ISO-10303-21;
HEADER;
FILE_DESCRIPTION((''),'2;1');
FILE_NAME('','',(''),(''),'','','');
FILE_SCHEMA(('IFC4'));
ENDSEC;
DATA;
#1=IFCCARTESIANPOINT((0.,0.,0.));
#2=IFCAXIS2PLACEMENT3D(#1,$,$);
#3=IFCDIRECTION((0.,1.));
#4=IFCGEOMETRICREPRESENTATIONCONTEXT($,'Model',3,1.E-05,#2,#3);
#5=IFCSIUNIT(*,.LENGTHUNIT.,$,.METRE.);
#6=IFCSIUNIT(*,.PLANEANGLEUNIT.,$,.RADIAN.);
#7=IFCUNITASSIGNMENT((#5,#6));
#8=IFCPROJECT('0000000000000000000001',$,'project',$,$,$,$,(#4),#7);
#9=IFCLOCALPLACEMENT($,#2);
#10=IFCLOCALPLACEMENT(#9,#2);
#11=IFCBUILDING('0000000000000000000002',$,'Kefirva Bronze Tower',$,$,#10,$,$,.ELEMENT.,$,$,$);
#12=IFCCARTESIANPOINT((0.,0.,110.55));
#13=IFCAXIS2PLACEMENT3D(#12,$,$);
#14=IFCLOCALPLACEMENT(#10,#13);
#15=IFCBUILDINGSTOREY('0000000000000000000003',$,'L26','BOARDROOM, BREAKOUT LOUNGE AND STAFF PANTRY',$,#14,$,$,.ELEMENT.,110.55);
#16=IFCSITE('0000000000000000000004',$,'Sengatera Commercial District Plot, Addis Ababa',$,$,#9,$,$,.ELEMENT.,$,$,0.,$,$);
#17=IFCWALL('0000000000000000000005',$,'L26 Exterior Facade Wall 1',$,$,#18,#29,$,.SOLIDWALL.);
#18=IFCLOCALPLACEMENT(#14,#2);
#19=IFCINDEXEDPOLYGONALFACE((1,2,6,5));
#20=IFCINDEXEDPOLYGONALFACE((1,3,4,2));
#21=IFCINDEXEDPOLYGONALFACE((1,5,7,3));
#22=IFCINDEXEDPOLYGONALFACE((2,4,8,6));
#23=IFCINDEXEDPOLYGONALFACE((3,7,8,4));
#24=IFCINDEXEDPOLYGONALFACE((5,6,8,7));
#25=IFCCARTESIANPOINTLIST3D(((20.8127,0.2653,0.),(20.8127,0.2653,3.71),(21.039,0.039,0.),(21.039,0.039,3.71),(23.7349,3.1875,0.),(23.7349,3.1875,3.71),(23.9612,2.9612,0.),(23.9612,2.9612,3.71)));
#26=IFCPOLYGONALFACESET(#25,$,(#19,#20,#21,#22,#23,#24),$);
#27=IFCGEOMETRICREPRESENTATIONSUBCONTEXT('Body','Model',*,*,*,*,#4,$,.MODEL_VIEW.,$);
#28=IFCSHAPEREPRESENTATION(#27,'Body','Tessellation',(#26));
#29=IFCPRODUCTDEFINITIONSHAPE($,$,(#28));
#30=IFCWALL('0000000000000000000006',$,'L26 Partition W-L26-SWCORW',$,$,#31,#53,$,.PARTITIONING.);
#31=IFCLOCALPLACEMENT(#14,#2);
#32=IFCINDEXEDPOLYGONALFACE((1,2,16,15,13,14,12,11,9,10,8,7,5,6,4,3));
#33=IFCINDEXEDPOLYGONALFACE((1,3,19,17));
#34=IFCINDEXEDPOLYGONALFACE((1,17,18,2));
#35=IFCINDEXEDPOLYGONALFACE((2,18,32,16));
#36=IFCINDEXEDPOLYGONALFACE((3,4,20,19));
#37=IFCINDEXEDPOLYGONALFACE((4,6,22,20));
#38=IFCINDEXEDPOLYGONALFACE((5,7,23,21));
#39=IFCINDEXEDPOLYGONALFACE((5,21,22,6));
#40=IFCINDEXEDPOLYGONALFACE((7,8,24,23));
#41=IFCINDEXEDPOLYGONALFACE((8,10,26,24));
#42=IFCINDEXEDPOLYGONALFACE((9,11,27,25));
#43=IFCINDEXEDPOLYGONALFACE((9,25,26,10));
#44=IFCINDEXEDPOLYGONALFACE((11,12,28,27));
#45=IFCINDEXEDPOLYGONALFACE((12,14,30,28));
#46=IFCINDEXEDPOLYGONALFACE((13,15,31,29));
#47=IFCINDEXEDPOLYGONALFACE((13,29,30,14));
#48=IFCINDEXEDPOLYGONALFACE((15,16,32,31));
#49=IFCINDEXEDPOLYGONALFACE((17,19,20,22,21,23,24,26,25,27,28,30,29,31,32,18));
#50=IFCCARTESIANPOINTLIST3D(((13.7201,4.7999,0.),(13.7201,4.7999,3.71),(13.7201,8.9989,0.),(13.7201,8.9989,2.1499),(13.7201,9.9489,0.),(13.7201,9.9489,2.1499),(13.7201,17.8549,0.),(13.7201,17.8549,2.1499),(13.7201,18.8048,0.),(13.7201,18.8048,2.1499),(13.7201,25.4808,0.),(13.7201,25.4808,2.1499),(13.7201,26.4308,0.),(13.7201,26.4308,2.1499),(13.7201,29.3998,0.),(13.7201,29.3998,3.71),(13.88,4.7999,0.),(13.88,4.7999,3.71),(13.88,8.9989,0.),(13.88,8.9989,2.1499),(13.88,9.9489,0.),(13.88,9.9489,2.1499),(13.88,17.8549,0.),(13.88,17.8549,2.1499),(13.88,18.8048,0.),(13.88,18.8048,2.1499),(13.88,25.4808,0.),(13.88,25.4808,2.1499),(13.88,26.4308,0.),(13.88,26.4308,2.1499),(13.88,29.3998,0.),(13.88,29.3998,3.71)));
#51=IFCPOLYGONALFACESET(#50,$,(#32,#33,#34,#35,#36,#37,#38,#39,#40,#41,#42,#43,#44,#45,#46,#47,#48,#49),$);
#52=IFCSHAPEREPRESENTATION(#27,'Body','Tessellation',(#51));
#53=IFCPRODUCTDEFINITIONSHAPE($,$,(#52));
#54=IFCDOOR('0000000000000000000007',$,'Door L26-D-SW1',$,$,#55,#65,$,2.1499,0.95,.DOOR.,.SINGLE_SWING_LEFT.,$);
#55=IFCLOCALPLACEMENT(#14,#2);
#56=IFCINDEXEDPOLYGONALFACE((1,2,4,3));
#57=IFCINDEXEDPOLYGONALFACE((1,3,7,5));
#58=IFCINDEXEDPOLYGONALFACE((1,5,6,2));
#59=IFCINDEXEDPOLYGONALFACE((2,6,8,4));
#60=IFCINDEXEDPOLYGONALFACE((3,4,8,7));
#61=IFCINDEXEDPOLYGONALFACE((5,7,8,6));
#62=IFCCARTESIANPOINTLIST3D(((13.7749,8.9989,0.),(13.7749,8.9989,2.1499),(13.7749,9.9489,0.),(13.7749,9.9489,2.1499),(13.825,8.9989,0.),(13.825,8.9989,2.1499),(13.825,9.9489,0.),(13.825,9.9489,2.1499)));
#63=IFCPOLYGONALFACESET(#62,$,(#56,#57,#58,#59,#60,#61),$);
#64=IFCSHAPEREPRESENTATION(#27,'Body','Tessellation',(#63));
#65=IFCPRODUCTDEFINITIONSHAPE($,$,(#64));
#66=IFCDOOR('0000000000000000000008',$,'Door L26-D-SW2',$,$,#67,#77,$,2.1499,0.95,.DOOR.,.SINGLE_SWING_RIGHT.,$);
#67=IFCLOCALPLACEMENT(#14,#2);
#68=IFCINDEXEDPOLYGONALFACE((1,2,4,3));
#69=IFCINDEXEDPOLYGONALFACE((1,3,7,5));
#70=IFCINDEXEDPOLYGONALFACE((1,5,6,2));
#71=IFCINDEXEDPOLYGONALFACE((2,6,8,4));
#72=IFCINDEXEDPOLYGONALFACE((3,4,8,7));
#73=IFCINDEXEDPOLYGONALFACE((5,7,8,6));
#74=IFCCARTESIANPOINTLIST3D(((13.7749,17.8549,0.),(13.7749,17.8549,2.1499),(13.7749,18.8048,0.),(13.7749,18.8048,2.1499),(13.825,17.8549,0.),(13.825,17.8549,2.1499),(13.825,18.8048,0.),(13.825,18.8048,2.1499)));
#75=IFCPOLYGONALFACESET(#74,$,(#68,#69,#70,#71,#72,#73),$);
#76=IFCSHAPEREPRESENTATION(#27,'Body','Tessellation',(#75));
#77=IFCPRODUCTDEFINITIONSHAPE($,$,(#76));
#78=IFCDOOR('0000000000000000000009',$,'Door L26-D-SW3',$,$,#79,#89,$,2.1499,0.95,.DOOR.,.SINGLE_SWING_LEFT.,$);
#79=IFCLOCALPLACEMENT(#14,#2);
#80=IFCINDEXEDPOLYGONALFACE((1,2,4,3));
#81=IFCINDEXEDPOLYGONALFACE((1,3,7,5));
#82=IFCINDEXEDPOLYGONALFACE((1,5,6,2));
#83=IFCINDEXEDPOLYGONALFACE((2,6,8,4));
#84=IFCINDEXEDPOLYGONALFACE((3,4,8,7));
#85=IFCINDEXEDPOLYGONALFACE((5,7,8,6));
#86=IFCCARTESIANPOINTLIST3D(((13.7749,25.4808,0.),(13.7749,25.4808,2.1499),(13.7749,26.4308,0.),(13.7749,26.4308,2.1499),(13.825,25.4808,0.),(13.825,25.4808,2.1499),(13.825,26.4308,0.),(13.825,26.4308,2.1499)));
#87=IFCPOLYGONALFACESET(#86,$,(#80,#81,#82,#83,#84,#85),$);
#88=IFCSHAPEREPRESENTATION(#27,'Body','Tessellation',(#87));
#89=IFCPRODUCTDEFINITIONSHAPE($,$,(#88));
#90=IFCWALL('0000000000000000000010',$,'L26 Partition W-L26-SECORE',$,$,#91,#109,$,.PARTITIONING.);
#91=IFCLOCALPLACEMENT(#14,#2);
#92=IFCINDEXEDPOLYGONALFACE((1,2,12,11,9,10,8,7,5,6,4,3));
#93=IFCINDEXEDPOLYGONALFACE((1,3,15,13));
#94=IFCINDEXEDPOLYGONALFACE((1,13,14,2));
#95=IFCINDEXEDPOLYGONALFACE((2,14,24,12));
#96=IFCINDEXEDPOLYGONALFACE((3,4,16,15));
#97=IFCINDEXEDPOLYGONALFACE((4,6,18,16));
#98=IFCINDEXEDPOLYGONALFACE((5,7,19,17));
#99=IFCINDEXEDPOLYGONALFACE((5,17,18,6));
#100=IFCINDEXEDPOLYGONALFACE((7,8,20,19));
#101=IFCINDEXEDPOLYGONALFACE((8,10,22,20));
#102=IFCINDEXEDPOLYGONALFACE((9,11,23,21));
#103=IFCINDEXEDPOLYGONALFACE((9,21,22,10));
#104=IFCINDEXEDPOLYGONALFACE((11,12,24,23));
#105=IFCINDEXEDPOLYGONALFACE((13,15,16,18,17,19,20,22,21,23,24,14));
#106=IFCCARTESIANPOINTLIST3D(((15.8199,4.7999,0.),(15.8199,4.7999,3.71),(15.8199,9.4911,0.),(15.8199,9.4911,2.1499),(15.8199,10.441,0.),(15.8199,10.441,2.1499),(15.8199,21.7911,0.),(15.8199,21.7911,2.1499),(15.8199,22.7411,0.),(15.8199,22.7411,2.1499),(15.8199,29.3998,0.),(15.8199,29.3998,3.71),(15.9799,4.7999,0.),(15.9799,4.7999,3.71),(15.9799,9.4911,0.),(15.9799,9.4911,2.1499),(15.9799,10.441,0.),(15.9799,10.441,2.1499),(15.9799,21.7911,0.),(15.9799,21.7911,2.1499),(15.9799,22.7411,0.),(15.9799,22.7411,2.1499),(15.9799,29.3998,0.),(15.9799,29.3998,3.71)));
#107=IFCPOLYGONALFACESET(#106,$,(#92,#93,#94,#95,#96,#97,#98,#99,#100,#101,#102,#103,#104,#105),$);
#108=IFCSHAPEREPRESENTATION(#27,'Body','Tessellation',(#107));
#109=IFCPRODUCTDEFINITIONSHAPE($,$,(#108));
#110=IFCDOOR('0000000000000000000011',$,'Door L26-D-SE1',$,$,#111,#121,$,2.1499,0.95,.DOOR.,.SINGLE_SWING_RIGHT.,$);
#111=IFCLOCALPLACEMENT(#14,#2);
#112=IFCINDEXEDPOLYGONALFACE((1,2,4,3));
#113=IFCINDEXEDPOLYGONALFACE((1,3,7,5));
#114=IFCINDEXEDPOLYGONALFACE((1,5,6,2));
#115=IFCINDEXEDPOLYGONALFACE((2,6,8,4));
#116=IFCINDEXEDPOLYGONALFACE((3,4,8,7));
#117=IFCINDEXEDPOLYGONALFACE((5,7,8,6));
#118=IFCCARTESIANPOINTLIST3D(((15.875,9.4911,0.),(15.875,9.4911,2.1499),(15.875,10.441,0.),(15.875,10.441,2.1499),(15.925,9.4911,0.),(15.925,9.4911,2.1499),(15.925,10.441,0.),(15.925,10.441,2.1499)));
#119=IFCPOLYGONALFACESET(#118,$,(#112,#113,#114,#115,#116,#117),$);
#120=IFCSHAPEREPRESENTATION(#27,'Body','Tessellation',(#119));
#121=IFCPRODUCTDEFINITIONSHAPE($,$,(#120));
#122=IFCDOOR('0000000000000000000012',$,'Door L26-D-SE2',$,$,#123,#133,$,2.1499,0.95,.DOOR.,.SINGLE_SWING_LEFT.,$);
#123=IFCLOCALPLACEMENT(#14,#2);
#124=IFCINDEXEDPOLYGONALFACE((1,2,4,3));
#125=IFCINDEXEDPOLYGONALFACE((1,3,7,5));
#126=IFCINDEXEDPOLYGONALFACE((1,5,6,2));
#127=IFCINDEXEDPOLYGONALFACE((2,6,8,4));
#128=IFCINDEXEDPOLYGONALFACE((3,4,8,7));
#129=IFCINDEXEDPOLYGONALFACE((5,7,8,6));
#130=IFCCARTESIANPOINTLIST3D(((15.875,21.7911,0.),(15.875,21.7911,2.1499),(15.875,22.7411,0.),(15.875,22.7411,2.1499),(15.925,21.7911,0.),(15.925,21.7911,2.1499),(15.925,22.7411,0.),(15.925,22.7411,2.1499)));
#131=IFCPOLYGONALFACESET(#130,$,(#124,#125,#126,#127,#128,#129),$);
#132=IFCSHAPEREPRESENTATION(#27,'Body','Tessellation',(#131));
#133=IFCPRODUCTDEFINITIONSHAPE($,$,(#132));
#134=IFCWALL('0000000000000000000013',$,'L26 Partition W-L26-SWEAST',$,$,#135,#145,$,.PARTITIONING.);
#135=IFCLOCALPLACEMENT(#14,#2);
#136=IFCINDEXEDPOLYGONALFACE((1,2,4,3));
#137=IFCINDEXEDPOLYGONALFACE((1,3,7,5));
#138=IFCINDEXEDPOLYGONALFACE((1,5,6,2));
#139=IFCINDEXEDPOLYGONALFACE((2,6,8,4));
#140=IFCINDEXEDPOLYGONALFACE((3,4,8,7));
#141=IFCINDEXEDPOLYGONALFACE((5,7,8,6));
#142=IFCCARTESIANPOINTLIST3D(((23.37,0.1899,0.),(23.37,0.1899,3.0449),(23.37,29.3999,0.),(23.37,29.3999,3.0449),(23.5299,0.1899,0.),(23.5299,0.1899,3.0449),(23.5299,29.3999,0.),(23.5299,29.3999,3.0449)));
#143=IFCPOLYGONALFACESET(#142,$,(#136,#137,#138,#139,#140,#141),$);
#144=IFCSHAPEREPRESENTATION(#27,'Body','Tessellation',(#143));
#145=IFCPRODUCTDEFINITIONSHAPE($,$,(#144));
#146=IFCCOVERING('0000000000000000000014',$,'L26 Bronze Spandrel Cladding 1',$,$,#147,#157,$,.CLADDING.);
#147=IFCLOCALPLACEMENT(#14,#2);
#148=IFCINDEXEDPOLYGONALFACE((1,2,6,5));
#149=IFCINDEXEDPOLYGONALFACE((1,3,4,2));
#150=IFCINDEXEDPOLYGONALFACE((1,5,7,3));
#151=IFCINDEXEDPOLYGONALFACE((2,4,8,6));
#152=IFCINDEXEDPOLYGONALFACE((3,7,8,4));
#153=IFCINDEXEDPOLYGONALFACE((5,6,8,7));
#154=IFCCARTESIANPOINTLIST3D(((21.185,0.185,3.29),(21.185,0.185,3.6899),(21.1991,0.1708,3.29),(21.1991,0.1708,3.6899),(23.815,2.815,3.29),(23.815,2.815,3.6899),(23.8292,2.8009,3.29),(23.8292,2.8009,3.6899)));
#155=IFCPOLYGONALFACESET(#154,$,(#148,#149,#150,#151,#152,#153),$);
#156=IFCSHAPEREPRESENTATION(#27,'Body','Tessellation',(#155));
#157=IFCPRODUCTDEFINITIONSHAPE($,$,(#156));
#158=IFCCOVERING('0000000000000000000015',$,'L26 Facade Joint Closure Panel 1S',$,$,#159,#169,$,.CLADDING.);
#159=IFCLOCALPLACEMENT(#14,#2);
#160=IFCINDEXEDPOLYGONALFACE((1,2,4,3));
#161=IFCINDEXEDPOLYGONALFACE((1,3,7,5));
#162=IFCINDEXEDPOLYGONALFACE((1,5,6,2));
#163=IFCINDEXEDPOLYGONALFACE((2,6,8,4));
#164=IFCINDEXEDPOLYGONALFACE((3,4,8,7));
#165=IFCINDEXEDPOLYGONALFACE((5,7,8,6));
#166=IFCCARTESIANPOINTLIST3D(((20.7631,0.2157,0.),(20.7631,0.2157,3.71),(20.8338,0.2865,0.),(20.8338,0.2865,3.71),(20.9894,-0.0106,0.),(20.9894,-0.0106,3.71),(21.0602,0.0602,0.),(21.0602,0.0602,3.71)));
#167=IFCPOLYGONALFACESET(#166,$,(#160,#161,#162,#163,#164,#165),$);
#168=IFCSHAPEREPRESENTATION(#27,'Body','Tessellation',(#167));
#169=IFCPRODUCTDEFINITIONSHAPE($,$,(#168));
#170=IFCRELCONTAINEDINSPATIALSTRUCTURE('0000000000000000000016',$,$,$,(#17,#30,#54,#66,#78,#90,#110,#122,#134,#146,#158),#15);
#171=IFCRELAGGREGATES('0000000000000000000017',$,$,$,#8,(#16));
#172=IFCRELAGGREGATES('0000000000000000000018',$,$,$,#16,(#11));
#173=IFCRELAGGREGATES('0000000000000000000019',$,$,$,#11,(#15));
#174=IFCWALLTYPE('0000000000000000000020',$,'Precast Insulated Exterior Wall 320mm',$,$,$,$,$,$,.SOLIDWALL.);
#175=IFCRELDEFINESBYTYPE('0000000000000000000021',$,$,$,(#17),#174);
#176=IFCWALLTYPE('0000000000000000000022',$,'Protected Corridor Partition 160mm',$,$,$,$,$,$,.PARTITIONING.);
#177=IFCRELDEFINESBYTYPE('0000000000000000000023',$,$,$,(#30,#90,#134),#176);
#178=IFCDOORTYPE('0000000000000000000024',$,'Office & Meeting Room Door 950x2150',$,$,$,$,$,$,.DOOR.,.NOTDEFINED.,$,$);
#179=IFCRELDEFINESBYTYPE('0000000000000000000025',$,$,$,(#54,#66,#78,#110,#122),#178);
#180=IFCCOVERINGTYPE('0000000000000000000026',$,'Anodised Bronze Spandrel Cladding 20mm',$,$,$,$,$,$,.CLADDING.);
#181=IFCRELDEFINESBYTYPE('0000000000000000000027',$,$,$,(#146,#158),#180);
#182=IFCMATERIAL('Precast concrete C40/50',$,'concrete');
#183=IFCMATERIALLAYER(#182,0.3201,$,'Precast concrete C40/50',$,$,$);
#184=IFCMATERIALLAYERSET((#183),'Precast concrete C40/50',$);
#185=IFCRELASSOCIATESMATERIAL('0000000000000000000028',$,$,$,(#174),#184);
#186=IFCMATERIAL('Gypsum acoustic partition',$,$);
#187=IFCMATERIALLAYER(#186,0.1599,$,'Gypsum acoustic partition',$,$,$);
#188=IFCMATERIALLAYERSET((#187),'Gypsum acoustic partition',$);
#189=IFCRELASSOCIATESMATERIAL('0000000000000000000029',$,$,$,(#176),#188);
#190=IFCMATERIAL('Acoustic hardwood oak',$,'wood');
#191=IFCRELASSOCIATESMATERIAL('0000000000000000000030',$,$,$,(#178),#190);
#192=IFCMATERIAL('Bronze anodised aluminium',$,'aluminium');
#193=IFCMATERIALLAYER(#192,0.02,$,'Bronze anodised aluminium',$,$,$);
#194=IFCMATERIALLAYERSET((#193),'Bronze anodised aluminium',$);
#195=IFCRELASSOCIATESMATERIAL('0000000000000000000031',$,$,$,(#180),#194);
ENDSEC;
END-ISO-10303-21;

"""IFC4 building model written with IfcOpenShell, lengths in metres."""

from ifc_helpers import new_model, si_unit, direction, frame, frame_2d, origin, origin_2d, place, context, subcontext, project, spatial, rectangle, extrude, material, layer, layer_set, type_object, element, fill, save


model = new_model("IFC4")

# Units and contexts
model_context = context("Model", 3, precision=1e-05, world=origin(), true_north=direction((0.0, 1.0)))
body_context = subcontext(model_context, "Body", "Model", "MODEL_VIEW")
ifc_project = project(units=[si_unit("LENGTHUNIT", "METRE"), si_unit("PLANEANGLEUNIT", "RADIAN")], contexts=[model_context])

# Site, building, storey
site_placement = place(None, origin())
site = spatial("IfcSite", under=ifc_project, at=site_placement, Name="Sengatera Commercial District Plot, Addis Ababa", CompositionType="ELEMENT", RefElevation=0.0)
building_placement = place(site_placement, origin())
building = spatial("IfcBuilding", under=site, at=building_placement, Name="Kefirva Bronze Tower", CompositionType="ELEMENT")
storey_placement = place(building_placement, frame((0.0, 0.0, 110.55)))
storey = spatial("IfcBuildingStorey", under=building, at=storey_placement, Name="L26", Description="BOARDROOM, BREAKOUT LOUNGE AND STAFF PANTRY", CompositionType="ELEMENT", Elevation=110.55)

# Shared definitions
ifc_material_1 = material(Name="Bronze anodised aluminium", Category="aluminium")

# Wall
ifc_material_2 = material(Name="Precast concrete C40/50", Category="concrete")
ifc_layer_1 = layer(ifc_material_2, 0.3201, Name="Precast concrete C40/50")
ifc_layer_set_1 = layer_set([ifc_layer_1], Name="Precast concrete C40/50")
wall_type_1 = type_object("IfcWallType", Name="Precast Insulated Exterior Wall 320mm", PredefinedType="SOLIDWALL", material=ifc_layer_set_1)
wall_1_placement = place(storey_placement, frame((20.9258, 0.1521, 0.0), z_axis=(0.0, 0.0, 1.0), x_axis=(0.707107, 0.707107, 0.0)))
element("IfcWall", 1, at=wall_1_placement, inside=storey, type_object=wall_type_1, Name="L26 Exterior Facade Wall 1", PredefinedType="SOLIDWALL", context=body_context, shape_type="SweptSolid", body=[
    extrude(rectangle(XDim=4.1326, YDim=0.3201, at=frame_2d((2.0664, 0.0))), origin(), (0.0, 0.0, 1.0), 3.71),
])

# Walls, openings, doors
ifc_material_3 = material(Name="Gypsum acoustic partition")
ifc_layer_2 = layer(ifc_material_3, 0.1599, Name="Gypsum acoustic partition")
ifc_layer_set_2 = layer_set([ifc_layer_2], Name="Gypsum acoustic partition")
wall_type_2 = type_object("IfcWallType", Name="Protected Corridor Partition 160mm", PredefinedType="PARTITIONING", material=ifc_layer_set_2)
wall_2_placement = place(storey_placement, frame((13.8, 4.8, 0.0), z_axis=(0.0, 0.0, 1.0), x_axis=(0.0, 1.0, 0.0)))
wall_2 = element("IfcWall", 2, at=wall_2_placement, inside=storey, type_object=wall_type_2, Name="L26 Partition W-L26-SWCORW", PredefinedType="PARTITIONING", context=body_context, shape_type="SweptSolid", body=[
    extrude(rectangle(XDim=24.5999, YDim=0.1599, at=frame_2d((12.2998, 0.0))), origin(), (0.0, 0.0, 1.0), 3.71),
])
opening_1_placement = place(wall_2_placement, frame((5.1489, 0.0, 0.0), z_axis=(0.0, 0.0, 1.0), x_axis=(-1.0, 0.0, 0.0)))
opening_1 = element("IfcOpeningElement", 3, at=opening_1_placement, cuts=wall_2, PredefinedType="OPENING", context=body_context, shape_type="SweptSolid", body=[
    extrude(rectangle(XDim=0.95, YDim=2.1499, at=frame_2d((0.4751, 1.075))), frame((0.0, 0.0898, 0.0), z_axis=(0.0, -1.0, 0.0), x_axis=(1.0, 0.0, 0.0)), (0.0, 0.0, 1.0), 0.1799),
])
opening_2_placement = place(wall_2_placement, frame((14.0049, 0.0, 0.0), z_axis=(0.0, 0.0, 1.0), x_axis=(-1.0, 0.0, 0.0)))
opening_2 = element("IfcOpeningElement", 4, at=opening_2_placement, cuts=wall_2, PredefinedType="OPENING", context=body_context, shape_type="SweptSolid", body=[
    extrude(rectangle(XDim=0.95, YDim=2.1499, at=frame_2d((0.4751, 1.075))), frame((0.0, 0.0898, 0.0), z_axis=(0.0, -1.0, 0.0), x_axis=(1.0, 0.0, 0.0)), (0.0, 0.0, 1.0), 0.1799),
])
opening_3_placement = place(wall_2_placement, frame((21.6309, 0.0, 0.0), z_axis=(0.0, 0.0, 1.0), x_axis=(-1.0, 0.0, 0.0)))
opening_3 = element("IfcOpeningElement", 5, at=opening_3_placement, cuts=wall_2, PredefinedType="OPENING", context=body_context, shape_type="SweptSolid", body=[
    extrude(rectangle(XDim=0.95, YDim=2.1499, at=frame_2d((0.4751, 1.075))), frame((0.0, 0.0898, 0.0), z_axis=(0.0, -1.0, 0.0), x_axis=(1.0, 0.0, 0.0)), (0.0, 0.0, 1.0), 0.1799),
])
ifc_material_4 = material(Name="Acoustic hardwood oak", Category="wood")
door_type = type_object("IfcDoorType", Name="Office & Meeting Room Door 950x2150", OperationType="NOTDEFINED", PredefinedType="DOOR", material=ifc_material_4)
door_1_placement = place(opening_1_placement, origin())
door_1 = element("IfcDoor", 6, at=door_1_placement, inside=storey, type_object=door_type, Name="Door L26-D-SW1", OperationType="SINGLE_SWING_LEFT", OverallHeight=2.1499, OverallWidth=0.95, PredefinedType="DOOR", context=body_context, shape_type="SweptSolid", body=[
    extrude(rectangle(XDim=0.95, YDim=2.1499, at=frame_2d((0.4751, 1.075))), frame((0.0, 0.0249, 0.0), z_axis=(0.0, -1.0, 0.0), x_axis=(1.0, 0.0, 0.0)), (0.0, 0.0, 1.0), 0.05),
])
fill(opening_1, door_1)
door_2_placement = place(opening_2_placement, origin())
door_2 = element("IfcDoor", 7, at=door_2_placement, inside=storey, type_object=door_type, Name="Door L26-D-SW2", OperationType="SINGLE_SWING_RIGHT", OverallHeight=2.1499, OverallWidth=0.95, PredefinedType="DOOR", context=body_context, shape_type="SweptSolid", body=[
    extrude(rectangle(XDim=0.95, YDim=2.1499, at=frame_2d((0.4751, 1.075))), frame((0.0, 0.0249, 0.0), z_axis=(0.0, -1.0, 0.0), x_axis=(1.0, 0.0, 0.0)), (0.0, 0.0, 1.0), 0.05),
])
fill(opening_2, door_2)
door_3_placement = place(opening_3_placement, origin())
door_3 = element("IfcDoor", 8, at=door_3_placement, inside=storey, type_object=door_type, Name="Door L26-D-SW3", OperationType="SINGLE_SWING_LEFT", OverallHeight=2.1499, OverallWidth=0.95, PredefinedType="DOOR", context=body_context, shape_type="SweptSolid", body=[
    extrude(rectangle(XDim=0.95, YDim=2.1499, at=frame_2d((0.4751, 1.075))), frame((0.0, 0.0249, 0.0), z_axis=(0.0, -1.0, 0.0), x_axis=(1.0, 0.0, 0.0)), (0.0, 0.0, 1.0), 0.05),
])
fill(opening_3, door_3)
wall_3_placement = place(storey_placement, frame((15.8999, 4.8, 0.0), z_axis=(0.0, 0.0, 1.0), x_axis=(0.0, 1.0, 0.0)))
wall_3 = element("IfcWall", 9, at=wall_3_placement, inside=storey, type_object=wall_type_2, Name="L26 Partition W-L26-SECORE", PredefinedType="PARTITIONING", context=body_context, shape_type="SweptSolid", body=[
    extrude(rectangle(XDim=24.5999, YDim=0.1599, at=frame_2d((12.2998, 0.0))), origin(), (0.0, 0.0, 1.0), 3.71),
])
opening_4_placement = place(wall_3_placement, frame((4.6909, 0.0, 0.0)))
opening_4 = element("IfcOpeningElement", 10, at=opening_4_placement, cuts=wall_3, PredefinedType="OPENING", context=body_context, shape_type="SweptSolid", body=[
    extrude(rectangle(XDim=0.95, YDim=2.1499, at=frame_2d((0.4751, 1.075))), frame((0.0, 0.0898, 0.0), z_axis=(0.0, -1.0, 0.0), x_axis=(1.0, 0.0, 0.0)), (0.0, 0.0, 1.0), 0.1799),
])
opening_5_placement = place(wall_3_placement, frame((16.991, 0.0, 0.0)))
opening_5 = element("IfcOpeningElement", 11, at=opening_5_placement, cuts=wall_3, PredefinedType="OPENING", context=body_context, shape_type="SweptSolid", body=[
    extrude(rectangle(XDim=0.95, YDim=2.1499, at=frame_2d((0.4751, 1.075))), frame((0.0, 0.0898, 0.0), z_axis=(0.0, -1.0, 0.0), x_axis=(1.0, 0.0, 0.0)), (0.0, 0.0, 1.0), 0.1799),
])
door_4_placement = place(opening_4_placement, origin())
door_4 = element("IfcDoor", 12, at=door_4_placement, inside=storey, type_object=door_type, Name="Door L26-D-SE1", OperationType="SINGLE_SWING_RIGHT", OverallHeight=2.1499, OverallWidth=0.95, PredefinedType="DOOR", context=body_context, shape_type="SweptSolid", body=[
    extrude(rectangle(XDim=0.95, YDim=2.1499, at=frame_2d((0.4751, 1.075))), frame((0.0, 0.0249, 0.0), z_axis=(0.0, -1.0, 0.0), x_axis=(1.0, 0.0, 0.0)), (0.0, 0.0, 1.0), 0.05),
])
fill(opening_4, door_4)
door_5_placement = place(opening_5_placement, origin())
door_5 = element("IfcDoor", 13, at=door_5_placement, inside=storey, type_object=door_type, Name="Door L26-D-SE2", OperationType="SINGLE_SWING_LEFT", OverallHeight=2.1499, OverallWidth=0.95, PredefinedType="DOOR", context=body_context, shape_type="SweptSolid", body=[
    extrude(rectangle(XDim=0.95, YDim=2.1499, at=frame_2d((0.4751, 1.075))), frame((0.0, 0.0249, 0.0), z_axis=(0.0, -1.0, 0.0), x_axis=(1.0, 0.0, 0.0)), (0.0, 0.0, 1.0), 0.05),
])
fill(opening_5, door_5)

# Wall
wall_4_placement = place(storey_placement, frame((23.45, 0.1899, 0.0), z_axis=(0.0, 0.0, 1.0), x_axis=(0.0, 1.0, 0.0)))
element("IfcWall", 14, at=wall_4_placement, inside=storey, type_object=wall_type_2, Name="L26 Partition W-L26-SWEAST", PredefinedType="PARTITIONING", context=body_context, shape_type="SweptSolid", body=[
    extrude(rectangle(XDim=29.21, YDim=0.1599, at=frame_2d((14.605, 0.0))), origin(), (0.0, 0.0, 1.0), 3.0449),
])

# Coverings
ifc_layer_3 = layer(ifc_material_1, 0.02, Name="Bronze anodised aluminium")
ifc_layer_set_3 = layer_set([ifc_layer_3], Name="Bronze anodised aluminium")
covering_type_1 = type_object("IfcCoveringType", Name="Anodised Bronze Spandrel Cladding 20mm", PredefinedType="CLADDING", material=ifc_layer_set_3)
covering_1_placement = place(storey_placement, frame((22.5071, 1.4929, 3.29), z_axis=(0.0, 0.0, 1.0), x_axis=(0.707107, 0.707107, 0.0)))
element("IfcCovering", 15, at=covering_1_placement, inside=storey, type_object=covering_type_1, Name="L26 Bronze Spandrel Cladding 1", PredefinedType="CLADDING", context=body_context, shape_type="SweptSolid", body=[
    extrude(rectangle(XDim=3.7195, YDim=0.02, at=origin_2d()), origin(), (0.0, 0.0, 1.0), 0.3999),
])
for number, where, z_axis, x_axis, name in (
    (16, (20.9116, 0.1379, 0.0), (0.0, 0.0, 1.0), (0.707107, 0.707107, 0.0), "L26 Facade Joint Closure Panel 1S"),
):
    element("IfcCovering", number, at=place(storey_placement, frame(where, z_axis=z_axis, x_axis=x_axis)), inside=storey, type_object=covering_type_1, Name=name, PredefinedType="CLADDING", context=body_context, shape_type="SweptSolid", body=[
        extrude(rectangle(XDim=0.1001, YDim=0.3201, at=origin_2d()), origin(), (0.0, 0.0, 1.0), 3.71),
    ])

save(model, "model.ifc")
